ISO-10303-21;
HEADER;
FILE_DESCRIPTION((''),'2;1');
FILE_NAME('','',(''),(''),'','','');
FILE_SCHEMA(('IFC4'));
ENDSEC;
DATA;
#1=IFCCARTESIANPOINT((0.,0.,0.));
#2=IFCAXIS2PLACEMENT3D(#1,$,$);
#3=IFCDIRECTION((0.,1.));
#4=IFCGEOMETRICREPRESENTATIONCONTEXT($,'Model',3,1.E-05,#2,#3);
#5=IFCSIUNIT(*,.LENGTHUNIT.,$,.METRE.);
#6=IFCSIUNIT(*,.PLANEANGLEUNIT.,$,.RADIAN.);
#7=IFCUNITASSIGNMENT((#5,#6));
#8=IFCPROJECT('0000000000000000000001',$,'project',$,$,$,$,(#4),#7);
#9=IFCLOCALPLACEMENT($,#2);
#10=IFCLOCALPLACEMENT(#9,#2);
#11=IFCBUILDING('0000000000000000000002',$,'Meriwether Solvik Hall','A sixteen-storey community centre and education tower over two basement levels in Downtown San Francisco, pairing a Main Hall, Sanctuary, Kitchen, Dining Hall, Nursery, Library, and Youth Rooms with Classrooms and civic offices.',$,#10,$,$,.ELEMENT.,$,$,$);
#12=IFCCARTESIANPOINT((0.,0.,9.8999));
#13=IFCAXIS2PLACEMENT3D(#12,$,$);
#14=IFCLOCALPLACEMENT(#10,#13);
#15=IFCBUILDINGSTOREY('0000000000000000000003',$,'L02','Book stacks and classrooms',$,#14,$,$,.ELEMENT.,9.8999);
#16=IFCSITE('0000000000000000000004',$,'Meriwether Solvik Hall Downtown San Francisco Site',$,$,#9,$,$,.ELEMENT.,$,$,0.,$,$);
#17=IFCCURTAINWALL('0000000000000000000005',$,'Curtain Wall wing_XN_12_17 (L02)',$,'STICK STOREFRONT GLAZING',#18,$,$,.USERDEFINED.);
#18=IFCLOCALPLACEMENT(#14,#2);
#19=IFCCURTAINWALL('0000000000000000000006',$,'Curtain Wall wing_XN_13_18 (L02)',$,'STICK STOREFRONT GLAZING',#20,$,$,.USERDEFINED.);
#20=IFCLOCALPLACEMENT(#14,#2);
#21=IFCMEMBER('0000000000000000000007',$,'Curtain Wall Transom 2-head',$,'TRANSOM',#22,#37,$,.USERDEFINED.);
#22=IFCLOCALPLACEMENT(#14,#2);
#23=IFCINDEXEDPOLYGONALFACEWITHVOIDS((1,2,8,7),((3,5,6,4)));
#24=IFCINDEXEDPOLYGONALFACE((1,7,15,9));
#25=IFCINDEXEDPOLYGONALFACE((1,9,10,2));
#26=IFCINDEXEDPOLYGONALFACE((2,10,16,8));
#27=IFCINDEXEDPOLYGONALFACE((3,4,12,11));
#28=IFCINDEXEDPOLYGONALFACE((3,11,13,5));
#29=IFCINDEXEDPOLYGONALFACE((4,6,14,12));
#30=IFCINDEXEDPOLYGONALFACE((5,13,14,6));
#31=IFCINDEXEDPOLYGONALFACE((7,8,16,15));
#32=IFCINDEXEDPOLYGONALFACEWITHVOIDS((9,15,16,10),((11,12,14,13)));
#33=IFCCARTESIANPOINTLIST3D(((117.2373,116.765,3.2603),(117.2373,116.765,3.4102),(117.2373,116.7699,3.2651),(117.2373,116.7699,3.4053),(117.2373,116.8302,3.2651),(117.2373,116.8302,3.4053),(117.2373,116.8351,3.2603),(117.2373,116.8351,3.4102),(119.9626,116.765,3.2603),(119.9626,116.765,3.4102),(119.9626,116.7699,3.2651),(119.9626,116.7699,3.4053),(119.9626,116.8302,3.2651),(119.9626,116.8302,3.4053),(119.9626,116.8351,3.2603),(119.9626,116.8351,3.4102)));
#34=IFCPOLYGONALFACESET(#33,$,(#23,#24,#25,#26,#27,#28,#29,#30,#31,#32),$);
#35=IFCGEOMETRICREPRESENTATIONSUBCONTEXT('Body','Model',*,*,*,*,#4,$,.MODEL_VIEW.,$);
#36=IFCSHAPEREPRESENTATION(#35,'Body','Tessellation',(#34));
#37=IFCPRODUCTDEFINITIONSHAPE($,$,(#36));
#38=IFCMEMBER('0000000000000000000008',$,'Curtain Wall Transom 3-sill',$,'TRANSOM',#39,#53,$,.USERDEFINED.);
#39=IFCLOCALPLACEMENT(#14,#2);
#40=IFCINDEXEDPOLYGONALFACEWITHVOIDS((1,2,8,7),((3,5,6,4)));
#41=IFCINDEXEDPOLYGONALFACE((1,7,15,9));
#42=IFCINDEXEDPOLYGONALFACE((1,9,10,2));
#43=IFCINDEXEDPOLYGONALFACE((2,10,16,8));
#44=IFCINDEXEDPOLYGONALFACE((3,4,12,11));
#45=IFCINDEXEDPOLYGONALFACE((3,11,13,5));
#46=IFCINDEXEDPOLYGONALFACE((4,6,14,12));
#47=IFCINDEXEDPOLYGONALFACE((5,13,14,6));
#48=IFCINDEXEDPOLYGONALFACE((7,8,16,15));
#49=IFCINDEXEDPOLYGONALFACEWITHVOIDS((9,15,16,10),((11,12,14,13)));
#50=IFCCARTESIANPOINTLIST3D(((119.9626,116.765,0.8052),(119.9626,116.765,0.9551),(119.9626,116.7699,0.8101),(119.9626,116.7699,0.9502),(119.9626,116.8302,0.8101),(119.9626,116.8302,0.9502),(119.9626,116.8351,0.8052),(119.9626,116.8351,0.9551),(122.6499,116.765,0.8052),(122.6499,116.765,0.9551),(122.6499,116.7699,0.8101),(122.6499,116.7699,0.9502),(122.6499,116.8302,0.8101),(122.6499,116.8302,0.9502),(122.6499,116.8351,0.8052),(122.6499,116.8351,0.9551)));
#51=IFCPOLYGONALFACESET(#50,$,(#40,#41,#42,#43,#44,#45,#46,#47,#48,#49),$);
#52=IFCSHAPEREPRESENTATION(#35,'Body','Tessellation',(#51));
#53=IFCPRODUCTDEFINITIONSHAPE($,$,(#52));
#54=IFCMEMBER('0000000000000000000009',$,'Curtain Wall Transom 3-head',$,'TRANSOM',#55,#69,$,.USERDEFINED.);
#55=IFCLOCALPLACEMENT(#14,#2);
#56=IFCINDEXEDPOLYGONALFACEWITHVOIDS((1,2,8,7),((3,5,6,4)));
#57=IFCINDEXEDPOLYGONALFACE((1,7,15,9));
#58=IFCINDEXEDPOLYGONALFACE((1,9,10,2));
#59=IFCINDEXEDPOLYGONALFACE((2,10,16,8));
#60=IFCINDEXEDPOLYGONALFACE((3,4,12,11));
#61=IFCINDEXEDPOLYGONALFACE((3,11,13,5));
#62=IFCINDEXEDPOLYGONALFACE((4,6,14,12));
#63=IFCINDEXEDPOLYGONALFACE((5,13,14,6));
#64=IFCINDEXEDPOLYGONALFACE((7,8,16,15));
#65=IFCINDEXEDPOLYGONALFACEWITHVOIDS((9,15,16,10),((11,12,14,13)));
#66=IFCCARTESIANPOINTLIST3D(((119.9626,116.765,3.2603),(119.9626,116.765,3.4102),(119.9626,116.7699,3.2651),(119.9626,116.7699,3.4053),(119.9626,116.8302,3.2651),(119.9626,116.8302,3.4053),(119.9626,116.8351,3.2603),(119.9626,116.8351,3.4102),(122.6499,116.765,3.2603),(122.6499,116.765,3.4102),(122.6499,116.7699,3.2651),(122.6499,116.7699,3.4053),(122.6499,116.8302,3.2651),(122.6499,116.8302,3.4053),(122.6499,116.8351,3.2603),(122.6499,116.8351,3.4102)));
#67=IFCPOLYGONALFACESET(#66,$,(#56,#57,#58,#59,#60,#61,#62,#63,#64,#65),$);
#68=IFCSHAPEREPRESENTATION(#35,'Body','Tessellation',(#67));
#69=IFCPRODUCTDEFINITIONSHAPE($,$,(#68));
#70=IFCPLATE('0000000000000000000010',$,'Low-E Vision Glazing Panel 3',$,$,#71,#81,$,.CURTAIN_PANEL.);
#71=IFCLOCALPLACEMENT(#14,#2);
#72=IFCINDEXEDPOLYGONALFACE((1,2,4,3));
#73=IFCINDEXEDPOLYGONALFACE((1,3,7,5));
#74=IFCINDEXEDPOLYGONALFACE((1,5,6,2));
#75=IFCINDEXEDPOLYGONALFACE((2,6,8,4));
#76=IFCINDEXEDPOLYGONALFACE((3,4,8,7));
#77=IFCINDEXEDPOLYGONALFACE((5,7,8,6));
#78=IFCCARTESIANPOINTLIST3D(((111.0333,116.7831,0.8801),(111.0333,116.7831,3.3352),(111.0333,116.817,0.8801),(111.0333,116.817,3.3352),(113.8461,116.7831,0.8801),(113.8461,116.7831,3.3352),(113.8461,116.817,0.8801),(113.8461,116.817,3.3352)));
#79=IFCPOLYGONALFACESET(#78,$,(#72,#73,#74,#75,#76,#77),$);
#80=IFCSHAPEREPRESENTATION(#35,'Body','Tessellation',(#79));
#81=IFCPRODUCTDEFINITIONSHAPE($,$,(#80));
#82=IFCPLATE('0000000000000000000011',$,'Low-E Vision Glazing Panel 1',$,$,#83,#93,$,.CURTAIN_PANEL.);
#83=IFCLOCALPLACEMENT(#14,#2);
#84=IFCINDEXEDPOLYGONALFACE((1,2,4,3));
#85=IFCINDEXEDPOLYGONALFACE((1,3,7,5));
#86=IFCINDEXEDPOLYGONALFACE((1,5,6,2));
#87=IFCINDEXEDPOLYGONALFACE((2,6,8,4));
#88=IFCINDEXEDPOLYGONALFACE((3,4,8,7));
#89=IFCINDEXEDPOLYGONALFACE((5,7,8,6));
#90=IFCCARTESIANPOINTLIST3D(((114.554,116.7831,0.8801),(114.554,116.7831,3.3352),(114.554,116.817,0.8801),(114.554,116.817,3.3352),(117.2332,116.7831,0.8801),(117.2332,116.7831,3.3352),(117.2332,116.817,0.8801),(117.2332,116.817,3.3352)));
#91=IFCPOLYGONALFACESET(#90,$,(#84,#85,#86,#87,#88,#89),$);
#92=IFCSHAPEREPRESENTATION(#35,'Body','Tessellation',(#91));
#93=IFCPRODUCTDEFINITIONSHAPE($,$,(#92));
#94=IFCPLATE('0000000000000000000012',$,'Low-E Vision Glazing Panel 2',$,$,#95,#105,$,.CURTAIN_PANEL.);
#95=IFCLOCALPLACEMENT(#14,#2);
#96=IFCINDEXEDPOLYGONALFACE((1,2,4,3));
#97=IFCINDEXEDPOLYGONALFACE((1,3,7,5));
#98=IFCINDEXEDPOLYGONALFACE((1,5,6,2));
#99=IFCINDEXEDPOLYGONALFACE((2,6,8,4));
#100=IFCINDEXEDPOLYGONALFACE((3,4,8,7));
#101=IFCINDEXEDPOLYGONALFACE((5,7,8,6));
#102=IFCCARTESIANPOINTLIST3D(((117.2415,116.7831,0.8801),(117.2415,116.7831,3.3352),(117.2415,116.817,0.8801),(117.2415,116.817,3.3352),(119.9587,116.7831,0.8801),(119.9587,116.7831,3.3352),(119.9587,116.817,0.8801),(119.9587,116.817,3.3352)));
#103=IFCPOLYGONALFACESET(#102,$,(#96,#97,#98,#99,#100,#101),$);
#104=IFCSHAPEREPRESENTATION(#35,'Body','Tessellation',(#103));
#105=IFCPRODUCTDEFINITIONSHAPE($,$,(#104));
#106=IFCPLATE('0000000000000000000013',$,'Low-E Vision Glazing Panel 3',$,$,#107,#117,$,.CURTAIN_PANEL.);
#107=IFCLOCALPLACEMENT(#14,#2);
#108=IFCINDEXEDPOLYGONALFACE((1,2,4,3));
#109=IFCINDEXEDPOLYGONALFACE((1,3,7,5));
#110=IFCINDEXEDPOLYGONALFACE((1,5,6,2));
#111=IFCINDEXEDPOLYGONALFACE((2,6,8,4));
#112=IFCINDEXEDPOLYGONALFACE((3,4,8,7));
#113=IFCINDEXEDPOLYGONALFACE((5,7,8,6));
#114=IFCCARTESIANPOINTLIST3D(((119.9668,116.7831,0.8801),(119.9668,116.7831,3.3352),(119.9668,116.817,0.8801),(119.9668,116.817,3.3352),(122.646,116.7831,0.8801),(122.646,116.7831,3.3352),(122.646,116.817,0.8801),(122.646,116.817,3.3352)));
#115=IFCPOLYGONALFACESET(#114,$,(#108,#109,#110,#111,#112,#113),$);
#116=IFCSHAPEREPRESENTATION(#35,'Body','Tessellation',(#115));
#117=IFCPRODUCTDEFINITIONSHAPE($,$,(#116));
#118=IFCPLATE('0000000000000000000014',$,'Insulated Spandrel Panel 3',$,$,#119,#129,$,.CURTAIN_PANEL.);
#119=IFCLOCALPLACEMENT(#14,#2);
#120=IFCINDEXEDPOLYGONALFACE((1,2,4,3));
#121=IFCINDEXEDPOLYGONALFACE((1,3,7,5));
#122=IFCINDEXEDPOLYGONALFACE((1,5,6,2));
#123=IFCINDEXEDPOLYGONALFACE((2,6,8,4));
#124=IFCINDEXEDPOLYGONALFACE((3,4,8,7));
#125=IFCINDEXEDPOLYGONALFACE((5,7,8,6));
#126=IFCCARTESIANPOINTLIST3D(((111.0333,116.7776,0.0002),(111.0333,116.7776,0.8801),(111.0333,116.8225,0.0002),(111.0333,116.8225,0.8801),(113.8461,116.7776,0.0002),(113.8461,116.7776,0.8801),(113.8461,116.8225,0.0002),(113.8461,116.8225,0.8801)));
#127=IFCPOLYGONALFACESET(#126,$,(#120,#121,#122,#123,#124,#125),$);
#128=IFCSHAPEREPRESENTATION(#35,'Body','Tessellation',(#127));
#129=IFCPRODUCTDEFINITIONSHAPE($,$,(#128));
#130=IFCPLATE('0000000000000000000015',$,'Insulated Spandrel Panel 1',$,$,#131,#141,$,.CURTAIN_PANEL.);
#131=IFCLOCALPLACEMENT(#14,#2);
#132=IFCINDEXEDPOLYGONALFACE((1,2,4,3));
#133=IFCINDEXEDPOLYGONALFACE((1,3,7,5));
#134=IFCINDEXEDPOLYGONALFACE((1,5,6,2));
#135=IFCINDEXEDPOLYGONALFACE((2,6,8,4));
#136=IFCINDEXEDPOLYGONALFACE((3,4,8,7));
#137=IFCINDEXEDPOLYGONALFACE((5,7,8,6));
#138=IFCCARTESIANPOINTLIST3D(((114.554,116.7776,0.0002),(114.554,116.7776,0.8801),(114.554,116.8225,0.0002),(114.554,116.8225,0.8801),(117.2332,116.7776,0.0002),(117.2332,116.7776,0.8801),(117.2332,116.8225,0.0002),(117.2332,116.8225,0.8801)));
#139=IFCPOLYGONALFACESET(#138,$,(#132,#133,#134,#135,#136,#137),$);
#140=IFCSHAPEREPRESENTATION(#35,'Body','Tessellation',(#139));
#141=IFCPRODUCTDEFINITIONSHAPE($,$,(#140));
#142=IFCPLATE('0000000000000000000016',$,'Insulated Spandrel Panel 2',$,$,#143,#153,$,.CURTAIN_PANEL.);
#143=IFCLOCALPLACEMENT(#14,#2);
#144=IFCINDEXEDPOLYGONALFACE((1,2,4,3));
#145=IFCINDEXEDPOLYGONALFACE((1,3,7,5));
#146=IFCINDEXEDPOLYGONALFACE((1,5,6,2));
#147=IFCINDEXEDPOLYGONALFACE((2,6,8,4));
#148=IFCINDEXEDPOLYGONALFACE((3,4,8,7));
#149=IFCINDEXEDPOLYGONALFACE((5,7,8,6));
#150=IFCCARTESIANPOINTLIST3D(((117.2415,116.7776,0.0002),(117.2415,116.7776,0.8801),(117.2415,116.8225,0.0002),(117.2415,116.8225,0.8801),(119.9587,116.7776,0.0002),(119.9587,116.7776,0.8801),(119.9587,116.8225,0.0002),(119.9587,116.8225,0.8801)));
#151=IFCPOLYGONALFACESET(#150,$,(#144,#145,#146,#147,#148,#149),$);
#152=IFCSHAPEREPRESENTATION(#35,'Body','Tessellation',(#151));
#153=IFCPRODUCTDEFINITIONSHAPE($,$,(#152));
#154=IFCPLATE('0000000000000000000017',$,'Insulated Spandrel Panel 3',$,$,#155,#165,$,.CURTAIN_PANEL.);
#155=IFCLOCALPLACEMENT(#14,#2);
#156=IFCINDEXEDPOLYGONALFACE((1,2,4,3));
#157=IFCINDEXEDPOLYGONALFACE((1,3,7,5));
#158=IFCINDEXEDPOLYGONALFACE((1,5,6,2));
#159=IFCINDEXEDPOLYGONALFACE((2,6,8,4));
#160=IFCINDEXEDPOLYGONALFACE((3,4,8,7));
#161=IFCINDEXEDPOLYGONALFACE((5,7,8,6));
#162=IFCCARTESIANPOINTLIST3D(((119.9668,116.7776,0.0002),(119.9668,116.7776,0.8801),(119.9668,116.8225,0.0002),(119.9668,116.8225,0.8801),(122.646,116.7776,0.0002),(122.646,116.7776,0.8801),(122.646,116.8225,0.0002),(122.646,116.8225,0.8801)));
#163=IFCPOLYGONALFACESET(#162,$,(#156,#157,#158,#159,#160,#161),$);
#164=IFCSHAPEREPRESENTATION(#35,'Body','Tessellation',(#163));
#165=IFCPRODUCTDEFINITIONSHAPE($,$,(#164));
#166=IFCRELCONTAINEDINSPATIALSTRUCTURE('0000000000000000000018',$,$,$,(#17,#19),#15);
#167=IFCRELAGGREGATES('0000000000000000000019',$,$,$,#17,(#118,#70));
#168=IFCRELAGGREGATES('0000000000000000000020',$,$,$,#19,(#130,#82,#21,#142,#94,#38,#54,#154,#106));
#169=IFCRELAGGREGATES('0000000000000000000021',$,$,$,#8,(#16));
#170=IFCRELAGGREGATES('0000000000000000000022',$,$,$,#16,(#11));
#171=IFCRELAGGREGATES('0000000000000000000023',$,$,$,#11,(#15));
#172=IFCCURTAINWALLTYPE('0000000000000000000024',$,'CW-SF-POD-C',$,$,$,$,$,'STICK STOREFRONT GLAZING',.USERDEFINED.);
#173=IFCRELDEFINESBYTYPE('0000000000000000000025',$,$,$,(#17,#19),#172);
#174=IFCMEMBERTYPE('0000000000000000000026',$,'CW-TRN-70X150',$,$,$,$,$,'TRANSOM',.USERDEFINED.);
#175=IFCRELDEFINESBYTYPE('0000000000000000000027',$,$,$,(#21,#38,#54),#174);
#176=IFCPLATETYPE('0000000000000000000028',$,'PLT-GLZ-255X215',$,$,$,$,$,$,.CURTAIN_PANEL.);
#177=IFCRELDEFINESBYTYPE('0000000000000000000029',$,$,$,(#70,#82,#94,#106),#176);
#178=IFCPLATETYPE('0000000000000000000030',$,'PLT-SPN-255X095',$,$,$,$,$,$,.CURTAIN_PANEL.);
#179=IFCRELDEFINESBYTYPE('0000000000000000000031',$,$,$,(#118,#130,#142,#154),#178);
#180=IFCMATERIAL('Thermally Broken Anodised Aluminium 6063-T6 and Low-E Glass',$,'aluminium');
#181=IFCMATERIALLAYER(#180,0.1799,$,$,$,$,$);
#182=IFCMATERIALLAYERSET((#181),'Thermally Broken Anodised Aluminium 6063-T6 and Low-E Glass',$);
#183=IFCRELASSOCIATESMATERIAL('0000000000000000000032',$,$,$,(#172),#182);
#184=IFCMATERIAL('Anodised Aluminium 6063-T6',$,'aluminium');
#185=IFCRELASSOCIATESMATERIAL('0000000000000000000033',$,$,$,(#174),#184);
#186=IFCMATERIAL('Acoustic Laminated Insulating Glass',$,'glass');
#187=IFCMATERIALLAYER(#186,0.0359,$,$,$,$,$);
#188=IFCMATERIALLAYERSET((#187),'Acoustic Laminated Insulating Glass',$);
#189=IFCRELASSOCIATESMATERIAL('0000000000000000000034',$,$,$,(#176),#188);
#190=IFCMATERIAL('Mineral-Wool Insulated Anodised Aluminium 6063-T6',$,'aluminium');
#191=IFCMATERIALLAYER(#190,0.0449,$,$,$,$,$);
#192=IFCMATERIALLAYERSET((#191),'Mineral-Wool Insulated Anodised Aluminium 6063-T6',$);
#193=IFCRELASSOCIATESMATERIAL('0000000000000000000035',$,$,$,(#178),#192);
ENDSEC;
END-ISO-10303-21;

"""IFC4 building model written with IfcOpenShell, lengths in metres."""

from ifc_helpers import new_model, si_unit, direction, frame, origin, origin_2d, place, context, subcontext, project, spatial, rectangle, hollow_rectangle, extrude, material, layer, layer_set, material_profile, profile_set, type_object, element, aggregate, save


model = new_model("IFC4")

# Units and contexts
model_context = context("Model", 3, precision=1e-05, world=origin(), true_north=direction((0.0, 1.0)))
body_context = subcontext(model_context, "Body", "Model", "MODEL_VIEW")
ifc_project = project(units=[si_unit("LENGTHUNIT", "METRE"), si_unit("PLANEANGLEUNIT", "RADIAN")], contexts=[model_context])

# Site, building, storey
site_placement = place(None, origin())
site = spatial("IfcSite", under=ifc_project, at=site_placement, Name="Meriwether Solvik Hall Downtown San Francisco Site", CompositionType="ELEMENT", RefElevation=0.0)
building_placement = place(site_placement, origin())
building = spatial("IfcBuilding", under=site, at=building_placement, Name="Meriwether Solvik Hall", Description="A sixteen-storey community centre and education tower over two basement levels in Downtown San Francisco, pairing a Main Hall, Sanctuary, Kitchen, Dining Hall, Nursery, Library, and Youth Rooms with Classrooms and civic offices.", CompositionType="ELEMENT")
storey_placement = place(building_placement, frame((0.0, 0.0, 9.8999)))
storey = spatial("IfcBuildingStorey", under=building, at=storey_placement, Name="L02", Description="Book stacks and classrooms", CompositionType="ELEMENT", Elevation=9.8999)

# Curtain wall
ifc_material_1 = material(Name="Thermally Broken Anodised Aluminium 6063-T6 and Low-E Glass", Category="aluminium")
ifc_layer_1 = layer(ifc_material_1, 0.1799)
ifc_layer_set_1 = layer_set([ifc_layer_1], Name="Thermally Broken Anodised Aluminium 6063-T6 and Low-E Glass")
curtain_wall_type = type_object("IfcCurtainWallType", Name="CW-SF-POD-C", ElementType="STICK STOREFRONT GLAZING", PredefinedType="USERDEFINED", material=ifc_layer_set_1)
curtain_wall_1_placement = place(storey_placement, origin())
curtain_wall_1 = element("IfcCurtainWall", 1, at=curtain_wall_1_placement, inside=storey, type_object=curtain_wall_type, Name="Curtain Wall wing_XN_12_17 (L02)", ObjectType="STICK STOREFRONT GLAZING", PredefinedType="USERDEFINED")

# Curtain wall, members
curtain_wall_2_placement = place(storey_placement, origin())
curtain_wall_2 = element("IfcCurtainWall", 2, at=curtain_wall_2_placement, inside=storey, type_object=curtain_wall_type, Name="Curtain Wall wing_XN_13_18 (L02)", ObjectType="STICK STOREFRONT GLAZING", PredefinedType="USERDEFINED")
ifc_material_2 = material(Name="Anodised Aluminium 6063-T6", Category="aluminium")
ifc_material_profile_1 = material_profile(ifc_material_2, hollow_rectangle(XDim=0.0701, YDim=0.1499, WallThickness=0.0049, at=origin_2d()), Name="CWT-70X150")
ifc_profile_set_1 = profile_set([ifc_material_profile_1], Name="Anodised Aluminium 6063-T6")
member_type_1 = type_object("IfcMemberType", Name="CW-TRN-70X150", ElementType="TRANSOM", PredefinedType="USERDEFINED", material=ifc_profile_set_1)
member_1_placement = place(storey_placement, frame((117.2373, 116.8, 3.3352), z_axis=(1.0, 0.0, 0.0), x_axis=(0.0, 1.0, 0.0)))
member_1 = element("IfcMember", 3, at=member_1_placement, type_object=member_type_1, Name="Curtain Wall Transom 2-head", ObjectType="TRANSOM", PredefinedType="USERDEFINED", context=body_context, shape_type="SweptSolid", body=[
    extrude(hollow_rectangle(XDim=0.0701, YDim=0.1499, WallThickness=0.0049, at=origin_2d()), origin(), (0.0, 0.0, 1.0), 2.7253),
])
member_2_placement = place(storey_placement, frame((119.9626, 116.8, 0.8801), z_axis=(1.0, 0.0, 0.0), x_axis=(0.0, 1.0, 0.0)))
member_2 = element("IfcMember", 4, at=member_2_placement, type_object=member_type_1, Name="Curtain Wall Transom 3-sill", ObjectType="TRANSOM", PredefinedType="USERDEFINED", context=body_context, shape_type="SweptSolid", body=[
    extrude(hollow_rectangle(XDim=0.0701, YDim=0.1499, WallThickness=0.0049, at=origin_2d()), origin(), (0.0, 0.0, 1.0), 2.6873),
])
member_3_placement = place(storey_placement, frame((119.9626, 116.8, 3.3352), z_axis=(1.0, 0.0, 0.0), x_axis=(0.0, 1.0, 0.0)))
member_3 = element("IfcMember", 5, at=member_3_placement, type_object=member_type_1, Name="Curtain Wall Transom 3-head", ObjectType="TRANSOM", PredefinedType="USERDEFINED", context=body_context, shape_type="SweptSolid", body=[
    extrude(hollow_rectangle(XDim=0.0701, YDim=0.1499, WallThickness=0.0049, at=origin_2d()), origin(), (0.0, 0.0, 1.0), 2.6873),
])

# Plates
ifc_material_3 = material(Name="Acoustic Laminated Insulating Glass", Category="glass")
ifc_layer_2 = layer(ifc_material_3, 0.0359)
ifc_layer_set_2 = layer_set([ifc_layer_2], Name="Acoustic Laminated Insulating Glass")
plate_type_1 = type_object("IfcPlateType", Name="PLT-GLZ-255X215", PredefinedType="CURTAIN_PANEL", material=ifc_layer_set_2)
plate_1_placement = place(storey_placement, frame((112.4397, 116.8, 0.8801), z_axis=(0.0, 0.0, 1.0), x_axis=(1.0, 0.0, 0.0)))
plate_1 = element("IfcPlate", 6, at=plate_1_placement, type_object=plate_type_1, Name="Low-E Vision Glazing Panel 3", PredefinedType="CURTAIN_PANEL", context=body_context, shape_type="SweptSolid", body=[
    extrude(rectangle(XDim=2.8127, YDim=0.0339, at=origin_2d()), origin(), (0.0, 0.0, 1.0), 2.4551),
])
plate_2_placement = place(storey_placement, frame((115.8936, 116.8, 0.8801), z_axis=(0.0, 0.0, 1.0), x_axis=(1.0, 0.0, 0.0)))
plate_2 = element("IfcPlate", 7, at=plate_2_placement, type_object=plate_type_1, Name="Low-E Vision Glazing Panel 1", PredefinedType="CURTAIN_PANEL", context=body_context, shape_type="SweptSolid", body=[
    extrude(rectangle(XDim=2.6792, YDim=0.0339, at=origin_2d()), origin(), (0.0, 0.0, 1.0), 2.4551),
])
plate_3_placement = place(storey_placement, frame((118.6001, 116.8, 0.8801), z_axis=(0.0, 0.0, 1.0), x_axis=(1.0, 0.0, 0.0)))
plate_3 = element("IfcPlate", 8, at=plate_3_placement, type_object=plate_type_1, Name="Low-E Vision Glazing Panel 2", PredefinedType="CURTAIN_PANEL", context=body_context, shape_type="SweptSolid", body=[
    extrude(rectangle(XDim=2.7173, YDim=0.0339, at=origin_2d()), origin(), (0.0, 0.0, 1.0), 2.4551),
])
plate_4_placement = place(storey_placement, frame((121.3064, 116.8, 0.8801), z_axis=(0.0, 0.0, 1.0), x_axis=(1.0, 0.0, 0.0)))
plate_4 = element("IfcPlate", 9, at=plate_4_placement, type_object=plate_type_1, Name="Low-E Vision Glazing Panel 3", PredefinedType="CURTAIN_PANEL", context=body_context, shape_type="SweptSolid", body=[
    extrude(rectangle(XDim=2.6792, YDim=0.0339, at=origin_2d()), origin(), (0.0, 0.0, 1.0), 2.4551),
])
ifc_material_4 = material(Name="Mineral-Wool Insulated Anodised Aluminium 6063-T6", Category="aluminium")
ifc_layer_3 = layer(ifc_material_4, 0.0449)
ifc_layer_set_3 = layer_set([ifc_layer_3], Name="Mineral-Wool Insulated Anodised Aluminium 6063-T6")
plate_type_2 = type_object("IfcPlateType", Name="PLT-SPN-255X095", PredefinedType="CURTAIN_PANEL", material=ifc_layer_set_3)
plate_5_placement = place(storey_placement, frame((112.4397, 116.8, 0.0002), z_axis=(0.0, 0.0, 1.0), x_axis=(1.0, 0.0, 0.0)))
plate_5 = element("IfcPlate", 10, at=plate_5_placement, type_object=plate_type_2, Name="Insulated Spandrel Panel 3", PredefinedType="CURTAIN_PANEL", context=body_context, shape_type="SweptSolid", body=[
    extrude(rectangle(XDim=2.8127, YDim=0.0449, at=origin_2d()), origin(), (0.0, 0.0, 1.0), 0.8799),
])
aggregate(curtain_wall_1, [plate_5, plate_1])
plate_6_placement = place(storey_placement, frame((115.8936, 116.8, 0.0002), z_axis=(0.0, 0.0, 1.0), x_axis=(1.0, 0.0, 0.0)))
plate_6 = element("IfcPlate", 11, at=plate_6_placement, type_object=plate_type_2, Name="Insulated Spandrel Panel 1", PredefinedType="CURTAIN_PANEL", context=body_context, shape_type="SweptSolid", body=[
    extrude(rectangle(XDim=2.6792, YDim=0.0449, at=origin_2d()), origin(), (0.0, 0.0, 1.0), 0.8799),
])
plate_7_placement = place(storey_placement, frame((118.6001, 116.8, 0.0002), z_axis=(0.0, 0.0, 1.0), x_axis=(1.0, 0.0, 0.0)))
plate_7 = element("IfcPlate", 12, at=plate_7_placement, type_object=plate_type_2, Name="Insulated Spandrel Panel 2", PredefinedType="CURTAIN_PANEL", context=body_context, shape_type="SweptSolid", body=[
    extrude(rectangle(XDim=2.7173, YDim=0.0449, at=origin_2d()), origin(), (0.0, 0.0, 1.0), 0.8799),
])
plate_8_placement = place(storey_placement, frame((121.3064, 116.8, 0.0002), z_axis=(0.0, 0.0, 1.0), x_axis=(1.0, 0.0, 0.0)))
plate_8 = element("IfcPlate", 13, at=plate_8_placement, type_object=plate_type_2, Name="Insulated Spandrel Panel 3", PredefinedType="CURTAIN_PANEL", context=body_context, shape_type="SweptSolid", body=[
    extrude(rectangle(XDim=2.6792, YDim=0.0449, at=origin_2d()), origin(), (0.0, 0.0, 1.0), 0.8799),
])
aggregate(curtain_wall_2, [plate_6, plate_2, member_1, plate_7, plate_3, member_2, member_3, plate_8, plate_4])

save(model, "model.ifc")
